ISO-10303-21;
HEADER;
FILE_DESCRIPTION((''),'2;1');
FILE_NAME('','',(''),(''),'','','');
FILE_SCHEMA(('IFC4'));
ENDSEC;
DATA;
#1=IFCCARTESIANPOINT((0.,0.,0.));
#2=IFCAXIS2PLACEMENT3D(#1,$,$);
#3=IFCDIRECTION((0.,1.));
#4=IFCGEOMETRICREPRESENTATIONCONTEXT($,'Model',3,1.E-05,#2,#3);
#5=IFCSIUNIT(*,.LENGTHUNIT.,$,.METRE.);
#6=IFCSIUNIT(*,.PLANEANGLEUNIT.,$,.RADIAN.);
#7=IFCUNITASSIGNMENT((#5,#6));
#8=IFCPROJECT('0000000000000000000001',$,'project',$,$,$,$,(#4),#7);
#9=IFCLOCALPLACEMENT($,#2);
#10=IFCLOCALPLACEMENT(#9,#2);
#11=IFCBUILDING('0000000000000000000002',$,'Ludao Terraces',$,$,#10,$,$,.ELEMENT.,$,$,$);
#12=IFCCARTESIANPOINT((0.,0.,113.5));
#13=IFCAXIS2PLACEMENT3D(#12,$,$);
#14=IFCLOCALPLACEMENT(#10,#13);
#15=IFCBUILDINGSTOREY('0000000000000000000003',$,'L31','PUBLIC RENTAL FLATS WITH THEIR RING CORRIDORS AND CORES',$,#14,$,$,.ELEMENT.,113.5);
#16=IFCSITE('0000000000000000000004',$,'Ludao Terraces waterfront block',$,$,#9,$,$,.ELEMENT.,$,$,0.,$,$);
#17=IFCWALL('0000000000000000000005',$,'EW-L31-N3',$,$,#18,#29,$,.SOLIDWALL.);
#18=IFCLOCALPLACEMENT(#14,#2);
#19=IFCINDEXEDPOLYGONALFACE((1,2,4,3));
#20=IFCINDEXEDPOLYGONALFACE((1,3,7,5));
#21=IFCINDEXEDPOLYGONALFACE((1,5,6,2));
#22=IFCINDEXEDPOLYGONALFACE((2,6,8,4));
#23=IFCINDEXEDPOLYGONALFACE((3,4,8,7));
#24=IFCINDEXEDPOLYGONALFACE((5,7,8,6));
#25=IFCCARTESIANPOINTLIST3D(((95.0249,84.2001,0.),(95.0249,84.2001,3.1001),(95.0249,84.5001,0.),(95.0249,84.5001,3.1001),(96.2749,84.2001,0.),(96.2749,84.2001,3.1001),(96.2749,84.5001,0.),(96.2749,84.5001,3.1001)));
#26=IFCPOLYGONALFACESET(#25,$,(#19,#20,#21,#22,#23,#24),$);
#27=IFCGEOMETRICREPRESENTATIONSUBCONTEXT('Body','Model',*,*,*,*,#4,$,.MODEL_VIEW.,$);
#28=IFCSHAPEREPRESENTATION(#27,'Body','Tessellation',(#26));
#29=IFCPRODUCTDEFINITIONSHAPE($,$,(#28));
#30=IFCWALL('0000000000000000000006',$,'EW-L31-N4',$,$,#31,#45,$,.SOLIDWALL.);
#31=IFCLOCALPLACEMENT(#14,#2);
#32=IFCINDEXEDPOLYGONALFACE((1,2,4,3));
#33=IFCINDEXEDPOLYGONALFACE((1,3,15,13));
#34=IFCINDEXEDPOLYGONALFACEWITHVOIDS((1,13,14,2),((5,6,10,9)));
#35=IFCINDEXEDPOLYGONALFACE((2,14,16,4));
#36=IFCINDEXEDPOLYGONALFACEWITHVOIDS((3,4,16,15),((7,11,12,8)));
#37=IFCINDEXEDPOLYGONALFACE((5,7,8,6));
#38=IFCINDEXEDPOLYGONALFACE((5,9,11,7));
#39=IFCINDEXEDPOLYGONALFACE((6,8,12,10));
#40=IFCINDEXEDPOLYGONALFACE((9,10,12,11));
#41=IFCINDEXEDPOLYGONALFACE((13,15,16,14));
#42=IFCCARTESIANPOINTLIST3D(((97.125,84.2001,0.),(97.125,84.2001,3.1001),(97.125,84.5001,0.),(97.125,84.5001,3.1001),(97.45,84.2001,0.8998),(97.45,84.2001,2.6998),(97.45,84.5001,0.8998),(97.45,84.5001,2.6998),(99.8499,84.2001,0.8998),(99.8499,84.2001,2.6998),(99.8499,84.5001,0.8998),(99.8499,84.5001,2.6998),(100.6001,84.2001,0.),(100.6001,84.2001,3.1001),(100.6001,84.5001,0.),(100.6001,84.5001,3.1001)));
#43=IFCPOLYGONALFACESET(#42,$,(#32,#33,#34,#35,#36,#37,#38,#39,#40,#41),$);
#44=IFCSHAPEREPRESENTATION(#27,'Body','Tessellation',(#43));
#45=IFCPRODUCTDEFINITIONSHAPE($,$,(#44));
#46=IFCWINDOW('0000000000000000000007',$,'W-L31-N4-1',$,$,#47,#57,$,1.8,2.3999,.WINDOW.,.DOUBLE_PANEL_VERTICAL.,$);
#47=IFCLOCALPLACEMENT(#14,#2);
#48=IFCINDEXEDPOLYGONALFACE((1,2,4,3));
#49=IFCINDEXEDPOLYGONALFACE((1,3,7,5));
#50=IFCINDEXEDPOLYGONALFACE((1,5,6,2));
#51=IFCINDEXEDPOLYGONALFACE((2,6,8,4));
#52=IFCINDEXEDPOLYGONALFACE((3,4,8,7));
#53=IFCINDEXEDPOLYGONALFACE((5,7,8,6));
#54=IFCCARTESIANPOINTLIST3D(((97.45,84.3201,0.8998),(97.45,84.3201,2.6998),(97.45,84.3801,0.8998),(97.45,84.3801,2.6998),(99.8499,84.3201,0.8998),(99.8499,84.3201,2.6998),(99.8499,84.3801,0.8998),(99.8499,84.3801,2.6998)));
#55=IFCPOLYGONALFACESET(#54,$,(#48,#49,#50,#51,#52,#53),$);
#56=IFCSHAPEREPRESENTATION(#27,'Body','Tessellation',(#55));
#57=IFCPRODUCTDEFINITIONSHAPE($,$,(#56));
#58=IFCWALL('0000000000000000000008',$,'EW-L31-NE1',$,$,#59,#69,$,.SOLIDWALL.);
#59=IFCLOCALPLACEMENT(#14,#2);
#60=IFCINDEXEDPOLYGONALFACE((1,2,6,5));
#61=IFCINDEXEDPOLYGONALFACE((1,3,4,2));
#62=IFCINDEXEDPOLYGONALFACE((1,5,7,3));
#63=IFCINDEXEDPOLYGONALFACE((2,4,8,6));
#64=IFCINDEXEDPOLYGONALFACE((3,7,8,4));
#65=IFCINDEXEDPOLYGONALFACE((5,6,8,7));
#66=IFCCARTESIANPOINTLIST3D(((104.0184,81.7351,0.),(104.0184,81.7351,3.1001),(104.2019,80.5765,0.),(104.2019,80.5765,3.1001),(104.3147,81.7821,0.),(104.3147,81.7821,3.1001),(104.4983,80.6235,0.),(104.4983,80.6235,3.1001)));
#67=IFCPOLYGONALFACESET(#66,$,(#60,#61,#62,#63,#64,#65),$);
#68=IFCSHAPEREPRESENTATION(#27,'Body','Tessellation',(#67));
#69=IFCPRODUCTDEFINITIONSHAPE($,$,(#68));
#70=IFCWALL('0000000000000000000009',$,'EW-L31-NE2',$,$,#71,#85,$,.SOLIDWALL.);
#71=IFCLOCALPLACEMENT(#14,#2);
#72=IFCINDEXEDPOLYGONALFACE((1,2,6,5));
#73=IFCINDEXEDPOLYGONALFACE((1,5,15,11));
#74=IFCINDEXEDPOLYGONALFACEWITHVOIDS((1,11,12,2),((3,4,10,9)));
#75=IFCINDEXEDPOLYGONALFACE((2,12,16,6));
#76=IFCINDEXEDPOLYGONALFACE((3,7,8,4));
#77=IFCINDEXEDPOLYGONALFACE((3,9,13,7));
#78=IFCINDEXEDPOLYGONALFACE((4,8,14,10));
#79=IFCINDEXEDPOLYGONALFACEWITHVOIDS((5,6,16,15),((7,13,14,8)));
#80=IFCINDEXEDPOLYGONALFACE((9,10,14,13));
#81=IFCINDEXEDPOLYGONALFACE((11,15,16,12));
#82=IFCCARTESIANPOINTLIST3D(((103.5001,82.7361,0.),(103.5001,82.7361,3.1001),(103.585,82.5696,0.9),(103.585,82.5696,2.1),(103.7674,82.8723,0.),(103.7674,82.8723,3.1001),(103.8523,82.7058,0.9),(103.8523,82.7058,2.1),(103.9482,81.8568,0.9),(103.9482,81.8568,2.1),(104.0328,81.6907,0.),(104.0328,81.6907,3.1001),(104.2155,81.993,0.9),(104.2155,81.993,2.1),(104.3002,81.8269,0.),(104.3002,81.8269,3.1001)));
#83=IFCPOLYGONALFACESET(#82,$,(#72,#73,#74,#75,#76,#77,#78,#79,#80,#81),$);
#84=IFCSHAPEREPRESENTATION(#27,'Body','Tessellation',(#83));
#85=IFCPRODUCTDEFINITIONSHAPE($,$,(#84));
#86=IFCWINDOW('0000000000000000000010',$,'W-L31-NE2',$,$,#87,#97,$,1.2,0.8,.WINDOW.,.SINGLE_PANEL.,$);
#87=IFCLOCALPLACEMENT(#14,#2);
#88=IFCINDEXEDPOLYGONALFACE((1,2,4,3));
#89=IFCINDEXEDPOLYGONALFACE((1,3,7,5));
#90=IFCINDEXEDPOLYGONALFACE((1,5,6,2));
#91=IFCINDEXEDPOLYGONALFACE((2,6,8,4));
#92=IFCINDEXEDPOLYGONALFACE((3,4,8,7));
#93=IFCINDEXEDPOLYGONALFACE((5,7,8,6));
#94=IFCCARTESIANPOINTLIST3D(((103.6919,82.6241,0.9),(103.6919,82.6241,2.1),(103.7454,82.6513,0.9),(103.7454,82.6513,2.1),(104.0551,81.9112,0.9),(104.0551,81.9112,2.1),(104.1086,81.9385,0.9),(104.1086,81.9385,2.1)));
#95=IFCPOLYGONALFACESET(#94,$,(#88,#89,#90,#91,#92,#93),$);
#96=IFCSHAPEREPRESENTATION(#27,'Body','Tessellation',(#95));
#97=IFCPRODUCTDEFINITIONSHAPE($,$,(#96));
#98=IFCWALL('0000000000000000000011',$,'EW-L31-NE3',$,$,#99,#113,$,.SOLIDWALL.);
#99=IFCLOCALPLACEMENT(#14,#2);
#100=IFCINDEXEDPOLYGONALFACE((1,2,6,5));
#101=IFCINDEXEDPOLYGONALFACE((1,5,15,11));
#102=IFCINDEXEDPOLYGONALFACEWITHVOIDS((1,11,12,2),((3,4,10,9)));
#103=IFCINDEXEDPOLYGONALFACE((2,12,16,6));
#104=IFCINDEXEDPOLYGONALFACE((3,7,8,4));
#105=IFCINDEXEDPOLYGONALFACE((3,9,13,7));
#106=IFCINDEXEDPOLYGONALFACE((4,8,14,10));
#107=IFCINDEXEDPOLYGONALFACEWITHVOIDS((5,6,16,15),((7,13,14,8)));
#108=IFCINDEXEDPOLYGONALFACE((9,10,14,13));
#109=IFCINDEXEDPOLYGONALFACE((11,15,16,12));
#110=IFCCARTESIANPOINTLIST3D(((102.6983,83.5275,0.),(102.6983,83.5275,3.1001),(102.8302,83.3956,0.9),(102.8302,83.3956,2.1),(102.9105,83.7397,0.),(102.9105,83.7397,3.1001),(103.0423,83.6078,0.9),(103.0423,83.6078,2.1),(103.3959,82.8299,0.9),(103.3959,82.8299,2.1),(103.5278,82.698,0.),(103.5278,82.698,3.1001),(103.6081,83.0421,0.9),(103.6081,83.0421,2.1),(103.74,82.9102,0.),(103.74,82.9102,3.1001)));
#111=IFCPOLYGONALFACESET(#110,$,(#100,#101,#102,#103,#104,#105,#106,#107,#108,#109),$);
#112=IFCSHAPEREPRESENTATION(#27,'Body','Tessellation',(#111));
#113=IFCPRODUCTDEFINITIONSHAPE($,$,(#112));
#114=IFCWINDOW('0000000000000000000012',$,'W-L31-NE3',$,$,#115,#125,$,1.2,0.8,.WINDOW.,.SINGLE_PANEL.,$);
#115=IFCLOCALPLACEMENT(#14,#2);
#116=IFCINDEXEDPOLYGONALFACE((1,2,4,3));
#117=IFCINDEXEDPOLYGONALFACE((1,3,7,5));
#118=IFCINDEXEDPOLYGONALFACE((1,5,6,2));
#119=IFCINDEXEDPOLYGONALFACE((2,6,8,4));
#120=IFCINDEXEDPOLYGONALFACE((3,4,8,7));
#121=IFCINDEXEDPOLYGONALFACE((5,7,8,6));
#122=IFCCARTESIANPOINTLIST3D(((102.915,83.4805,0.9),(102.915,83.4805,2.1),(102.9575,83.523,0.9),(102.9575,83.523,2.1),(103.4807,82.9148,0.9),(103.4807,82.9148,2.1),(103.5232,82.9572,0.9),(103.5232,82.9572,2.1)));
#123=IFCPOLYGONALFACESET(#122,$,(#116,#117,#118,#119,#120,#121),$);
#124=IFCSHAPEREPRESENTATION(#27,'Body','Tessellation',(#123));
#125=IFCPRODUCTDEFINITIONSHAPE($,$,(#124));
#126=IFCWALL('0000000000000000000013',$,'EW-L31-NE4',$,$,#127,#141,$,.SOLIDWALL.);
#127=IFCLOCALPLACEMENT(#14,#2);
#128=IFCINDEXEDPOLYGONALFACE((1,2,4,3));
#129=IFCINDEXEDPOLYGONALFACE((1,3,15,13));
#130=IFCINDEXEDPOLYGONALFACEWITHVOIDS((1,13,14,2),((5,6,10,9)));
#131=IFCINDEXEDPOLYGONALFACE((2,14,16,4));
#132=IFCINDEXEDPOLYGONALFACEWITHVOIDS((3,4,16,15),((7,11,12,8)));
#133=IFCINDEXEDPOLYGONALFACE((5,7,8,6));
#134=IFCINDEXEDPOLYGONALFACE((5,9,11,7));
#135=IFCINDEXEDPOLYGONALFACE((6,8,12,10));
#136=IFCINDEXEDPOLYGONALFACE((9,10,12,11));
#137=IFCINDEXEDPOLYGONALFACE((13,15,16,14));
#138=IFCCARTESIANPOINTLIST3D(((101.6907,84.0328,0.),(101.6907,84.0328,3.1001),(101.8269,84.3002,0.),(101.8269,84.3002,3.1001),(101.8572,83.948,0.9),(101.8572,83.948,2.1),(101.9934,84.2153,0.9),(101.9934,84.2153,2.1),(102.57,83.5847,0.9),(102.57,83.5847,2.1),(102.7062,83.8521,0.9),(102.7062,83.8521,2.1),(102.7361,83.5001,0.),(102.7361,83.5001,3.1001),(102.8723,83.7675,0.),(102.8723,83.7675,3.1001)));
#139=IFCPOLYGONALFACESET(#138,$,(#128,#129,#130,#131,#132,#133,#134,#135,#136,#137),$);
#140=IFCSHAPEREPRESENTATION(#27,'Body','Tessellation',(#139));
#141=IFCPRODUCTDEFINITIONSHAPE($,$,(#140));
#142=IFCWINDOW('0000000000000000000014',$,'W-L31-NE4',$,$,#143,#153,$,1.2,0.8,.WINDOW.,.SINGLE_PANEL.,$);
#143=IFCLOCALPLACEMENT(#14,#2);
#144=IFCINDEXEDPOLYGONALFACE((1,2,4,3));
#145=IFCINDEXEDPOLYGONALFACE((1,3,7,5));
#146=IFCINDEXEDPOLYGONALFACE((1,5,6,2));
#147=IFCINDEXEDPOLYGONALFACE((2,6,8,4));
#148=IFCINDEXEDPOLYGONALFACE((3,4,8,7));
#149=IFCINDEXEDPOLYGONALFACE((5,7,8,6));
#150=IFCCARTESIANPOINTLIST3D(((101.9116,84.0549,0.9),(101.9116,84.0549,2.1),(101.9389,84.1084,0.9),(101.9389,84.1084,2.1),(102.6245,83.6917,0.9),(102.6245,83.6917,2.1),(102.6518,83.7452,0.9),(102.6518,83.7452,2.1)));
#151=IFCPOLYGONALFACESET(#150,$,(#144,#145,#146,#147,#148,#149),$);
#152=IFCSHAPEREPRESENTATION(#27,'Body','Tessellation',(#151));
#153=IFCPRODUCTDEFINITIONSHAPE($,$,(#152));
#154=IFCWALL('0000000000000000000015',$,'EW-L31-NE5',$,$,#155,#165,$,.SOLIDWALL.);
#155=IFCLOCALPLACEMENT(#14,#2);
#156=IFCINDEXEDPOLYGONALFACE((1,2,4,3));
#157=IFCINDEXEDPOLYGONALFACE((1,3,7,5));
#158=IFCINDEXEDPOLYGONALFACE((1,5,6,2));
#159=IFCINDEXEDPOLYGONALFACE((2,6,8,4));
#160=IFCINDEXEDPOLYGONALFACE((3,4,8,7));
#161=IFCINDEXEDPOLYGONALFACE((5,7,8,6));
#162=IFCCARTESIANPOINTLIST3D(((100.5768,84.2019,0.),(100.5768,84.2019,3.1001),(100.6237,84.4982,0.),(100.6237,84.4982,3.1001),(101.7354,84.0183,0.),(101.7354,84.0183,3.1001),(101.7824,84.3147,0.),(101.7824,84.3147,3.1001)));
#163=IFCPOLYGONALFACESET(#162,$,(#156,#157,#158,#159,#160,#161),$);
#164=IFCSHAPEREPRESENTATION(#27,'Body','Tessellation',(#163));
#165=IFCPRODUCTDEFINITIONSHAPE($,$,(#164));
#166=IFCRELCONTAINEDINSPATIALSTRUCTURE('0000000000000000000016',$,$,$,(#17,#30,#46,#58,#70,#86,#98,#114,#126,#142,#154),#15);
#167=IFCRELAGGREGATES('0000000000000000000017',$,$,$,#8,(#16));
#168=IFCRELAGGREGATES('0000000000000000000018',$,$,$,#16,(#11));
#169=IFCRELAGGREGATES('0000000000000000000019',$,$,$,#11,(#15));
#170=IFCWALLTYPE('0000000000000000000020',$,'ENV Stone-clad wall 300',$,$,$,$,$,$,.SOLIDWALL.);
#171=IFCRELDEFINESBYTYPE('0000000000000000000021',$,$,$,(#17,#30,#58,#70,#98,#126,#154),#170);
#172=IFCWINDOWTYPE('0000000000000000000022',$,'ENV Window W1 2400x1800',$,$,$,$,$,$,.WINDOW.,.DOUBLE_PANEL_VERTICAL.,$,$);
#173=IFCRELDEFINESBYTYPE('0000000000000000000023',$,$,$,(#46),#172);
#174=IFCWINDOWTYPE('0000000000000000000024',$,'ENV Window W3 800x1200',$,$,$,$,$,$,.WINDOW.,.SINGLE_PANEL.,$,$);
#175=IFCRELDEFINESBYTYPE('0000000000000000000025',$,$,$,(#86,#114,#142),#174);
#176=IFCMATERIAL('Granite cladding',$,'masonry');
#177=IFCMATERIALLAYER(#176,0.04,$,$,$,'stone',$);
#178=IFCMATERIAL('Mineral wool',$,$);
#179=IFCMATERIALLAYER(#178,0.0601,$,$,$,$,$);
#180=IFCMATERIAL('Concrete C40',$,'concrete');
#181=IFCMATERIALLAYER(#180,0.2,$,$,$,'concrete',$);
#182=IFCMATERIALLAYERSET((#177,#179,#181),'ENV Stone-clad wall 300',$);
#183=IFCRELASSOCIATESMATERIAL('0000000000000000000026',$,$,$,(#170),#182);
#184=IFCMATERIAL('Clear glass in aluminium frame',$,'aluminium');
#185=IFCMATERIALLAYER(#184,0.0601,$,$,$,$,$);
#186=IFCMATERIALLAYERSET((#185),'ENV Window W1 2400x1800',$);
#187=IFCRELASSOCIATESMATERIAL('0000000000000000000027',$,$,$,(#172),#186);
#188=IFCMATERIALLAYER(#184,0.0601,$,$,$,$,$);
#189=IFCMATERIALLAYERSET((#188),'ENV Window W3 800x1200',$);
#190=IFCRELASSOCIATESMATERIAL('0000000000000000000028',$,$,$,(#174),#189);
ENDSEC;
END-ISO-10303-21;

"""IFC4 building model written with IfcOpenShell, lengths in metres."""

from ifc_helpers import new_model, si_unit, direction, frame, frame_2d, origin, place, context, subcontext, project, spatial, rectangle, extrude, material, layer, layer_set, type_object, element, fill, save


model = new_model("IFC4")

# Units and contexts
model_context = context("Model", 3, precision=1e-05, world=origin(), true_north=direction((0.0, 1.0)))
body_context = subcontext(model_context, "Body", "Model", "MODEL_VIEW")
ifc_project = project(units=[si_unit("LENGTHUNIT", "METRE"), si_unit("PLANEANGLEUNIT", "RADIAN")], contexts=[model_context])

# Site, building, storey
site_placement = place(None, origin())
site = spatial("IfcSite", under=ifc_project, at=site_placement, Name="Ludao Terraces waterfront block", CompositionType="ELEMENT", RefElevation=0.0)
building_placement = place(site_placement, origin())
building = spatial("IfcBuilding", under=site, at=building_placement, Name="Ludao Terraces", CompositionType="ELEMENT")
storey_placement = place(building_placement, frame((0.0, 0.0, 113.5)))
storey = spatial("IfcBuildingStorey", under=building, at=storey_placement, Name="L31", Description="PUBLIC RENTAL FLATS WITH THEIR RING CORRIDORS AND CORES", CompositionType="ELEMENT", Elevation=113.5)

# Shared definitions
ifc_material_1 = material(Name="Concrete C40", Category="concrete")

# Shared definitions
ifc_material_2 = material(Name="Granite cladding", Category="masonry")
ifc_layer_1 = layer(ifc_material_2, 0.04, Category="stone")
ifc_material_3 = material(Name="Mineral wool")
ifc_layer_2 = layer(ifc_material_3, 0.0601)
ifc_layer_3 = layer(ifc_material_1, 0.2, Category="concrete")
ifc_layer_set_1 = layer_set([ifc_layer_1, ifc_layer_2, ifc_layer_3], Name="ENV Stone-clad wall 300")
wall_type_1 = type_object("IfcWallType", Name="ENV Stone-clad wall 300", PredefinedType="SOLIDWALL", material=ifc_layer_set_1)
ifc_material_4 = material(Name="Clear glass in aluminium frame", Category="aluminium")
ifc_layer_4 = layer(ifc_material_4, 0.0601)
ifc_layer_set_2 = layer_set([ifc_layer_4], Name="ENV Window W1 2400x1800")
window_type_1 = type_object("IfcWindowType", Name="ENV Window W1 2400x1800", PartitioningType="DOUBLE_PANEL_VERTICAL", PredefinedType="WINDOW", material=ifc_layer_set_2)

# Wall
wall_1_placement = place(storey_placement, frame((95.0249, 84.3501, 0.0), z_axis=(0.0, 0.0, 1.0), x_axis=(1.0, 0.0, 0.0)))
element("IfcWall", 1, at=wall_1_placement, inside=storey, type_object=wall_type_1, Name="EW-L31-N3", PredefinedType="SOLIDWALL", context=body_context, shape_type="SweptSolid", body=[
    extrude(rectangle(XDim=1.25, YDim=0.3, at=frame_2d((0.625, 0.0))), origin(), (0.0, 0.0, 1.0), 3.1001),
])

# Wall, opening, window
wall_2_placement = place(storey_placement, frame((97.125, 84.3501, 0.0), z_axis=(0.0, 0.0, 1.0), x_axis=(1.0, 0.0, 0.0)))
wall_2 = element("IfcWall", 2, at=wall_2_placement, inside=storey, type_object=wall_type_1, Name="EW-L31-N4", PredefinedType="SOLIDWALL", context=body_context, shape_type="SweptSolid", body=[
    extrude(rectangle(XDim=3.4751, YDim=0.3, at=frame_2d((1.7375, 0.0))), origin(), (0.0, 0.0, 1.0), 3.1001),
])
opening_1_placement = place(wall_2_placement, frame((0.325, 0.0, 0.8999)))
opening_1 = element("IfcOpeningElement", 3, at=opening_1_placement, cuts=wall_2, PredefinedType="OPENING", context=body_context, shape_type="SweptSolid", body=[
    extrude(rectangle(XDim=2.3999, YDim=1.8, at=frame_2d((1.2, 0.8999))), frame((0.0, 0.1602, 0.0), z_axis=(0.0, -1.0, 0.0), x_axis=(1.0, 0.0, 0.0)), (0.0, 0.0, 1.0), 0.3201),
])
window_1_placement = place(opening_1_placement, origin())
window_1 = element("IfcWindow", 4, at=window_1_placement, inside=storey, type_object=window_type_1, Name="W-L31-N4-1", OverallHeight=1.8, OverallWidth=2.3999, PartitioningType="DOUBLE_PANEL_VERTICAL", PredefinedType="WINDOW", context=body_context, shape_type="SweptSolid", body=[
    extrude(rectangle(XDim=2.3999, YDim=1.8, at=frame_2d((1.2, 0.8999))), frame((0.0, 0.03, 0.0), z_axis=(0.0, -1.0, 0.0), x_axis=(1.0, 0.0, 0.0)), (0.0, 0.0, 1.0), 0.0601),
])
fill(opening_1, window_1)

# Wall
wall_3_placement = place(storey_placement, frame((104.3501, 80.6001, 0.0), z_axis=(0.0, 0.0, 1.0), x_axis=(-0.156497, 0.987678, 0.0)))
element("IfcWall", 5, at=wall_3_placement, inside=storey, type_object=wall_type_1, Name="EW-L31-NE1", PredefinedType="SOLIDWALL", context=body_context, shape_type="SweptSolid", body=[
    extrude(rectangle(XDim=1.1731, YDim=0.3, at=frame_2d((0.5864, 0.0))), origin(), (0.0, 0.0, 1.0), 3.1001),
])

# Walls, openings, windows
wall_4_placement = place(storey_placement, frame((104.1665, 81.7588, 0.0), z_axis=(0.0, 0.0, 1.0), x_axis=(-0.454026, 0.890989, 0.0)))
wall_4 = element("IfcWall", 6, at=wall_4_placement, inside=storey, type_object=wall_type_1, Name="EW-L31-NE2", PredefinedType="SOLIDWALL", context=body_context, shape_type="SweptSolid", body=[
    extrude(rectangle(XDim=1.1733, YDim=0.3, at=frame_2d((0.5867, 0.0))), origin(), (0.0, 0.0, 1.0), 3.1001),
])
opening_2_placement = place(wall_4_placement, frame((0.1865, 0.0, 0.8999)))
opening_2 = element("IfcOpeningElement", 7, at=opening_2_placement, cuts=wall_4, PredefinedType="OPENING", context=body_context, shape_type="SweptSolid", body=[
    extrude(rectangle(XDim=0.8, YDim=1.2, at=frame_2d((0.3999, 0.6001))), frame((0.0, 0.1602, 0.0), z_axis=(0.0, -1.0, 0.0), x_axis=(1.0, 0.0, 0.0)), (0.0, 0.0, 1.0), 0.3201),
])
ifc_layer_5 = layer(ifc_material_4, 0.0601)
ifc_layer_set_3 = layer_set([ifc_layer_5], Name="ENV Window W3 800x1200")
window_type_2 = type_object("IfcWindowType", Name="ENV Window W3 800x1200", PartitioningType="SINGLE_PANEL", PredefinedType="WINDOW", material=ifc_layer_set_3)
window_2_placement = place(opening_2_placement, origin())
window_2 = element("IfcWindow", 8, at=window_2_placement, inside=storey, type_object=window_type_2, Name="W-L31-NE2", OverallHeight=1.2, OverallWidth=0.8, PartitioningType="SINGLE_PANEL", PredefinedType="WINDOW", context=body_context, shape_type="SweptSolid", body=[
    extrude(rectangle(XDim=0.8, YDim=1.2, at=frame_2d((0.3999, 0.6001))), frame((0.0, 0.03, 0.0), z_axis=(0.0, -1.0, 0.0), x_axis=(1.0, 0.0, 0.0)), (0.0, 0.0, 1.0), 0.0601),
])
fill(opening_2, window_2)
wall_5_placement = place(storey_placement, frame((103.6338, 82.8042, 0.0), z_axis=(0.0, 0.0, 1.0), x_axis=(-0.707107, 0.707107, 0.0)))
wall_5 = element("IfcWall", 9, at=wall_5_placement, inside=storey, type_object=wall_type_1, Name="EW-L31-NE3", PredefinedType="SOLIDWALL", context=body_context, shape_type="SweptSolid", body=[
    extrude(rectangle(XDim=1.1731, YDim=0.3, at=frame_2d((0.5864, 0.0))), origin(), (0.0, 0.0, 1.0), 3.1001),
])
opening_3_placement = place(wall_5_placement, frame((0.1865, 0.0, 0.8999)))
opening_3 = element("IfcOpeningElement", 10, at=opening_3_placement, cuts=wall_5, PredefinedType="OPENING", context=body_context, shape_type="SweptSolid", body=[
    extrude(rectangle(XDim=0.8, YDim=1.2, at=frame_2d((0.3999, 0.6001))), frame((0.0, 0.1602, 0.0), z_axis=(0.0, -1.0, 0.0), x_axis=(1.0, 0.0, 0.0)), (0.0, 0.0, 1.0), 0.3201),
])
window_3_placement = place(opening_3_placement, origin())
window_3 = element("IfcWindow", 11, at=window_3_placement, inside=storey, type_object=window_type_2, Name="W-L31-NE3", OverallHeight=1.2, OverallWidth=0.8, PartitioningType="SINGLE_PANEL", PredefinedType="WINDOW", context=body_context, shape_type="SweptSolid", body=[
    extrude(rectangle(XDim=0.8, YDim=1.2, at=frame_2d((0.3999, 0.6001))), frame((0.0, 0.03, 0.0), z_axis=(0.0, -1.0, 0.0), x_axis=(1.0, 0.0, 0.0)), (0.0, 0.0, 1.0), 0.0601),
])
fill(opening_3, window_3)
wall_6_placement = place(storey_placement, frame((102.8042, 83.6338, 0.0), z_axis=(0.0, 0.0, 1.0), x_axis=(-0.890989, 0.454026, 0.0)))
wall_6 = element("IfcWall", 12, at=wall_6_placement, inside=storey, type_object=wall_type_1, Name="EW-L31-NE4", PredefinedType="SOLIDWALL", context=body_context, shape_type="SweptSolid", body=[
    extrude(rectangle(XDim=1.1733, YDim=0.3, at=frame_2d((0.5867, 0.0))), origin(), (0.0, 0.0, 1.0), 3.1001),
])
opening_4_placement = place(wall_6_placement, frame((0.1865, 0.0, 0.8999)))
opening_4 = element("IfcOpeningElement", 13, at=opening_4_placement, cuts=wall_6, PredefinedType="OPENING", context=body_context, shape_type="SweptSolid", body=[
    extrude(rectangle(XDim=0.8, YDim=1.2, at=frame_2d((0.3999, 0.6001))), frame((0.0, 0.1602, 0.0), z_axis=(0.0, -1.0, 0.0), x_axis=(1.0, 0.0, 0.0)), (0.0, 0.0, 1.0), 0.3201),
])
window_4_placement = place(opening_4_placement, origin())
window_4 = element("IfcWindow", 14, at=window_4_placement, inside=storey, type_object=window_type_2, Name="W-L31-NE4", OverallHeight=1.2, OverallWidth=0.8, PartitioningType="SINGLE_PANEL", PredefinedType="WINDOW", context=body_context, shape_type="SweptSolid", body=[
    extrude(rectangle(XDim=0.8, YDim=1.2, at=frame_2d((0.3999, 0.6001))), frame((0.0, 0.03, 0.0), z_axis=(0.0, -1.0, 0.0), x_axis=(1.0, 0.0, 0.0)), (0.0, 0.0, 1.0), 0.0601),
])
fill(opening_4, window_4)

# Wall
wall_7_placement = place(storey_placement, frame((101.7588, 84.1665, 0.0), z_axis=(0.0, 0.0, 1.0), x_axis=(-0.987678, 0.156497, 0.0)))
element("IfcWall", 15, at=wall_7_placement, inside=storey, type_object=wall_type_1, Name="EW-L31-NE5", PredefinedType="SOLIDWALL", context=body_context, shape_type="SweptSolid", body=[
    extrude(rectangle(XDim=1.1731, YDim=0.3, at=frame_2d((0.5864, 0.0))), origin(), (0.0, 0.0, 1.0), 3.1001),
])

save(model, "model.ifc")
